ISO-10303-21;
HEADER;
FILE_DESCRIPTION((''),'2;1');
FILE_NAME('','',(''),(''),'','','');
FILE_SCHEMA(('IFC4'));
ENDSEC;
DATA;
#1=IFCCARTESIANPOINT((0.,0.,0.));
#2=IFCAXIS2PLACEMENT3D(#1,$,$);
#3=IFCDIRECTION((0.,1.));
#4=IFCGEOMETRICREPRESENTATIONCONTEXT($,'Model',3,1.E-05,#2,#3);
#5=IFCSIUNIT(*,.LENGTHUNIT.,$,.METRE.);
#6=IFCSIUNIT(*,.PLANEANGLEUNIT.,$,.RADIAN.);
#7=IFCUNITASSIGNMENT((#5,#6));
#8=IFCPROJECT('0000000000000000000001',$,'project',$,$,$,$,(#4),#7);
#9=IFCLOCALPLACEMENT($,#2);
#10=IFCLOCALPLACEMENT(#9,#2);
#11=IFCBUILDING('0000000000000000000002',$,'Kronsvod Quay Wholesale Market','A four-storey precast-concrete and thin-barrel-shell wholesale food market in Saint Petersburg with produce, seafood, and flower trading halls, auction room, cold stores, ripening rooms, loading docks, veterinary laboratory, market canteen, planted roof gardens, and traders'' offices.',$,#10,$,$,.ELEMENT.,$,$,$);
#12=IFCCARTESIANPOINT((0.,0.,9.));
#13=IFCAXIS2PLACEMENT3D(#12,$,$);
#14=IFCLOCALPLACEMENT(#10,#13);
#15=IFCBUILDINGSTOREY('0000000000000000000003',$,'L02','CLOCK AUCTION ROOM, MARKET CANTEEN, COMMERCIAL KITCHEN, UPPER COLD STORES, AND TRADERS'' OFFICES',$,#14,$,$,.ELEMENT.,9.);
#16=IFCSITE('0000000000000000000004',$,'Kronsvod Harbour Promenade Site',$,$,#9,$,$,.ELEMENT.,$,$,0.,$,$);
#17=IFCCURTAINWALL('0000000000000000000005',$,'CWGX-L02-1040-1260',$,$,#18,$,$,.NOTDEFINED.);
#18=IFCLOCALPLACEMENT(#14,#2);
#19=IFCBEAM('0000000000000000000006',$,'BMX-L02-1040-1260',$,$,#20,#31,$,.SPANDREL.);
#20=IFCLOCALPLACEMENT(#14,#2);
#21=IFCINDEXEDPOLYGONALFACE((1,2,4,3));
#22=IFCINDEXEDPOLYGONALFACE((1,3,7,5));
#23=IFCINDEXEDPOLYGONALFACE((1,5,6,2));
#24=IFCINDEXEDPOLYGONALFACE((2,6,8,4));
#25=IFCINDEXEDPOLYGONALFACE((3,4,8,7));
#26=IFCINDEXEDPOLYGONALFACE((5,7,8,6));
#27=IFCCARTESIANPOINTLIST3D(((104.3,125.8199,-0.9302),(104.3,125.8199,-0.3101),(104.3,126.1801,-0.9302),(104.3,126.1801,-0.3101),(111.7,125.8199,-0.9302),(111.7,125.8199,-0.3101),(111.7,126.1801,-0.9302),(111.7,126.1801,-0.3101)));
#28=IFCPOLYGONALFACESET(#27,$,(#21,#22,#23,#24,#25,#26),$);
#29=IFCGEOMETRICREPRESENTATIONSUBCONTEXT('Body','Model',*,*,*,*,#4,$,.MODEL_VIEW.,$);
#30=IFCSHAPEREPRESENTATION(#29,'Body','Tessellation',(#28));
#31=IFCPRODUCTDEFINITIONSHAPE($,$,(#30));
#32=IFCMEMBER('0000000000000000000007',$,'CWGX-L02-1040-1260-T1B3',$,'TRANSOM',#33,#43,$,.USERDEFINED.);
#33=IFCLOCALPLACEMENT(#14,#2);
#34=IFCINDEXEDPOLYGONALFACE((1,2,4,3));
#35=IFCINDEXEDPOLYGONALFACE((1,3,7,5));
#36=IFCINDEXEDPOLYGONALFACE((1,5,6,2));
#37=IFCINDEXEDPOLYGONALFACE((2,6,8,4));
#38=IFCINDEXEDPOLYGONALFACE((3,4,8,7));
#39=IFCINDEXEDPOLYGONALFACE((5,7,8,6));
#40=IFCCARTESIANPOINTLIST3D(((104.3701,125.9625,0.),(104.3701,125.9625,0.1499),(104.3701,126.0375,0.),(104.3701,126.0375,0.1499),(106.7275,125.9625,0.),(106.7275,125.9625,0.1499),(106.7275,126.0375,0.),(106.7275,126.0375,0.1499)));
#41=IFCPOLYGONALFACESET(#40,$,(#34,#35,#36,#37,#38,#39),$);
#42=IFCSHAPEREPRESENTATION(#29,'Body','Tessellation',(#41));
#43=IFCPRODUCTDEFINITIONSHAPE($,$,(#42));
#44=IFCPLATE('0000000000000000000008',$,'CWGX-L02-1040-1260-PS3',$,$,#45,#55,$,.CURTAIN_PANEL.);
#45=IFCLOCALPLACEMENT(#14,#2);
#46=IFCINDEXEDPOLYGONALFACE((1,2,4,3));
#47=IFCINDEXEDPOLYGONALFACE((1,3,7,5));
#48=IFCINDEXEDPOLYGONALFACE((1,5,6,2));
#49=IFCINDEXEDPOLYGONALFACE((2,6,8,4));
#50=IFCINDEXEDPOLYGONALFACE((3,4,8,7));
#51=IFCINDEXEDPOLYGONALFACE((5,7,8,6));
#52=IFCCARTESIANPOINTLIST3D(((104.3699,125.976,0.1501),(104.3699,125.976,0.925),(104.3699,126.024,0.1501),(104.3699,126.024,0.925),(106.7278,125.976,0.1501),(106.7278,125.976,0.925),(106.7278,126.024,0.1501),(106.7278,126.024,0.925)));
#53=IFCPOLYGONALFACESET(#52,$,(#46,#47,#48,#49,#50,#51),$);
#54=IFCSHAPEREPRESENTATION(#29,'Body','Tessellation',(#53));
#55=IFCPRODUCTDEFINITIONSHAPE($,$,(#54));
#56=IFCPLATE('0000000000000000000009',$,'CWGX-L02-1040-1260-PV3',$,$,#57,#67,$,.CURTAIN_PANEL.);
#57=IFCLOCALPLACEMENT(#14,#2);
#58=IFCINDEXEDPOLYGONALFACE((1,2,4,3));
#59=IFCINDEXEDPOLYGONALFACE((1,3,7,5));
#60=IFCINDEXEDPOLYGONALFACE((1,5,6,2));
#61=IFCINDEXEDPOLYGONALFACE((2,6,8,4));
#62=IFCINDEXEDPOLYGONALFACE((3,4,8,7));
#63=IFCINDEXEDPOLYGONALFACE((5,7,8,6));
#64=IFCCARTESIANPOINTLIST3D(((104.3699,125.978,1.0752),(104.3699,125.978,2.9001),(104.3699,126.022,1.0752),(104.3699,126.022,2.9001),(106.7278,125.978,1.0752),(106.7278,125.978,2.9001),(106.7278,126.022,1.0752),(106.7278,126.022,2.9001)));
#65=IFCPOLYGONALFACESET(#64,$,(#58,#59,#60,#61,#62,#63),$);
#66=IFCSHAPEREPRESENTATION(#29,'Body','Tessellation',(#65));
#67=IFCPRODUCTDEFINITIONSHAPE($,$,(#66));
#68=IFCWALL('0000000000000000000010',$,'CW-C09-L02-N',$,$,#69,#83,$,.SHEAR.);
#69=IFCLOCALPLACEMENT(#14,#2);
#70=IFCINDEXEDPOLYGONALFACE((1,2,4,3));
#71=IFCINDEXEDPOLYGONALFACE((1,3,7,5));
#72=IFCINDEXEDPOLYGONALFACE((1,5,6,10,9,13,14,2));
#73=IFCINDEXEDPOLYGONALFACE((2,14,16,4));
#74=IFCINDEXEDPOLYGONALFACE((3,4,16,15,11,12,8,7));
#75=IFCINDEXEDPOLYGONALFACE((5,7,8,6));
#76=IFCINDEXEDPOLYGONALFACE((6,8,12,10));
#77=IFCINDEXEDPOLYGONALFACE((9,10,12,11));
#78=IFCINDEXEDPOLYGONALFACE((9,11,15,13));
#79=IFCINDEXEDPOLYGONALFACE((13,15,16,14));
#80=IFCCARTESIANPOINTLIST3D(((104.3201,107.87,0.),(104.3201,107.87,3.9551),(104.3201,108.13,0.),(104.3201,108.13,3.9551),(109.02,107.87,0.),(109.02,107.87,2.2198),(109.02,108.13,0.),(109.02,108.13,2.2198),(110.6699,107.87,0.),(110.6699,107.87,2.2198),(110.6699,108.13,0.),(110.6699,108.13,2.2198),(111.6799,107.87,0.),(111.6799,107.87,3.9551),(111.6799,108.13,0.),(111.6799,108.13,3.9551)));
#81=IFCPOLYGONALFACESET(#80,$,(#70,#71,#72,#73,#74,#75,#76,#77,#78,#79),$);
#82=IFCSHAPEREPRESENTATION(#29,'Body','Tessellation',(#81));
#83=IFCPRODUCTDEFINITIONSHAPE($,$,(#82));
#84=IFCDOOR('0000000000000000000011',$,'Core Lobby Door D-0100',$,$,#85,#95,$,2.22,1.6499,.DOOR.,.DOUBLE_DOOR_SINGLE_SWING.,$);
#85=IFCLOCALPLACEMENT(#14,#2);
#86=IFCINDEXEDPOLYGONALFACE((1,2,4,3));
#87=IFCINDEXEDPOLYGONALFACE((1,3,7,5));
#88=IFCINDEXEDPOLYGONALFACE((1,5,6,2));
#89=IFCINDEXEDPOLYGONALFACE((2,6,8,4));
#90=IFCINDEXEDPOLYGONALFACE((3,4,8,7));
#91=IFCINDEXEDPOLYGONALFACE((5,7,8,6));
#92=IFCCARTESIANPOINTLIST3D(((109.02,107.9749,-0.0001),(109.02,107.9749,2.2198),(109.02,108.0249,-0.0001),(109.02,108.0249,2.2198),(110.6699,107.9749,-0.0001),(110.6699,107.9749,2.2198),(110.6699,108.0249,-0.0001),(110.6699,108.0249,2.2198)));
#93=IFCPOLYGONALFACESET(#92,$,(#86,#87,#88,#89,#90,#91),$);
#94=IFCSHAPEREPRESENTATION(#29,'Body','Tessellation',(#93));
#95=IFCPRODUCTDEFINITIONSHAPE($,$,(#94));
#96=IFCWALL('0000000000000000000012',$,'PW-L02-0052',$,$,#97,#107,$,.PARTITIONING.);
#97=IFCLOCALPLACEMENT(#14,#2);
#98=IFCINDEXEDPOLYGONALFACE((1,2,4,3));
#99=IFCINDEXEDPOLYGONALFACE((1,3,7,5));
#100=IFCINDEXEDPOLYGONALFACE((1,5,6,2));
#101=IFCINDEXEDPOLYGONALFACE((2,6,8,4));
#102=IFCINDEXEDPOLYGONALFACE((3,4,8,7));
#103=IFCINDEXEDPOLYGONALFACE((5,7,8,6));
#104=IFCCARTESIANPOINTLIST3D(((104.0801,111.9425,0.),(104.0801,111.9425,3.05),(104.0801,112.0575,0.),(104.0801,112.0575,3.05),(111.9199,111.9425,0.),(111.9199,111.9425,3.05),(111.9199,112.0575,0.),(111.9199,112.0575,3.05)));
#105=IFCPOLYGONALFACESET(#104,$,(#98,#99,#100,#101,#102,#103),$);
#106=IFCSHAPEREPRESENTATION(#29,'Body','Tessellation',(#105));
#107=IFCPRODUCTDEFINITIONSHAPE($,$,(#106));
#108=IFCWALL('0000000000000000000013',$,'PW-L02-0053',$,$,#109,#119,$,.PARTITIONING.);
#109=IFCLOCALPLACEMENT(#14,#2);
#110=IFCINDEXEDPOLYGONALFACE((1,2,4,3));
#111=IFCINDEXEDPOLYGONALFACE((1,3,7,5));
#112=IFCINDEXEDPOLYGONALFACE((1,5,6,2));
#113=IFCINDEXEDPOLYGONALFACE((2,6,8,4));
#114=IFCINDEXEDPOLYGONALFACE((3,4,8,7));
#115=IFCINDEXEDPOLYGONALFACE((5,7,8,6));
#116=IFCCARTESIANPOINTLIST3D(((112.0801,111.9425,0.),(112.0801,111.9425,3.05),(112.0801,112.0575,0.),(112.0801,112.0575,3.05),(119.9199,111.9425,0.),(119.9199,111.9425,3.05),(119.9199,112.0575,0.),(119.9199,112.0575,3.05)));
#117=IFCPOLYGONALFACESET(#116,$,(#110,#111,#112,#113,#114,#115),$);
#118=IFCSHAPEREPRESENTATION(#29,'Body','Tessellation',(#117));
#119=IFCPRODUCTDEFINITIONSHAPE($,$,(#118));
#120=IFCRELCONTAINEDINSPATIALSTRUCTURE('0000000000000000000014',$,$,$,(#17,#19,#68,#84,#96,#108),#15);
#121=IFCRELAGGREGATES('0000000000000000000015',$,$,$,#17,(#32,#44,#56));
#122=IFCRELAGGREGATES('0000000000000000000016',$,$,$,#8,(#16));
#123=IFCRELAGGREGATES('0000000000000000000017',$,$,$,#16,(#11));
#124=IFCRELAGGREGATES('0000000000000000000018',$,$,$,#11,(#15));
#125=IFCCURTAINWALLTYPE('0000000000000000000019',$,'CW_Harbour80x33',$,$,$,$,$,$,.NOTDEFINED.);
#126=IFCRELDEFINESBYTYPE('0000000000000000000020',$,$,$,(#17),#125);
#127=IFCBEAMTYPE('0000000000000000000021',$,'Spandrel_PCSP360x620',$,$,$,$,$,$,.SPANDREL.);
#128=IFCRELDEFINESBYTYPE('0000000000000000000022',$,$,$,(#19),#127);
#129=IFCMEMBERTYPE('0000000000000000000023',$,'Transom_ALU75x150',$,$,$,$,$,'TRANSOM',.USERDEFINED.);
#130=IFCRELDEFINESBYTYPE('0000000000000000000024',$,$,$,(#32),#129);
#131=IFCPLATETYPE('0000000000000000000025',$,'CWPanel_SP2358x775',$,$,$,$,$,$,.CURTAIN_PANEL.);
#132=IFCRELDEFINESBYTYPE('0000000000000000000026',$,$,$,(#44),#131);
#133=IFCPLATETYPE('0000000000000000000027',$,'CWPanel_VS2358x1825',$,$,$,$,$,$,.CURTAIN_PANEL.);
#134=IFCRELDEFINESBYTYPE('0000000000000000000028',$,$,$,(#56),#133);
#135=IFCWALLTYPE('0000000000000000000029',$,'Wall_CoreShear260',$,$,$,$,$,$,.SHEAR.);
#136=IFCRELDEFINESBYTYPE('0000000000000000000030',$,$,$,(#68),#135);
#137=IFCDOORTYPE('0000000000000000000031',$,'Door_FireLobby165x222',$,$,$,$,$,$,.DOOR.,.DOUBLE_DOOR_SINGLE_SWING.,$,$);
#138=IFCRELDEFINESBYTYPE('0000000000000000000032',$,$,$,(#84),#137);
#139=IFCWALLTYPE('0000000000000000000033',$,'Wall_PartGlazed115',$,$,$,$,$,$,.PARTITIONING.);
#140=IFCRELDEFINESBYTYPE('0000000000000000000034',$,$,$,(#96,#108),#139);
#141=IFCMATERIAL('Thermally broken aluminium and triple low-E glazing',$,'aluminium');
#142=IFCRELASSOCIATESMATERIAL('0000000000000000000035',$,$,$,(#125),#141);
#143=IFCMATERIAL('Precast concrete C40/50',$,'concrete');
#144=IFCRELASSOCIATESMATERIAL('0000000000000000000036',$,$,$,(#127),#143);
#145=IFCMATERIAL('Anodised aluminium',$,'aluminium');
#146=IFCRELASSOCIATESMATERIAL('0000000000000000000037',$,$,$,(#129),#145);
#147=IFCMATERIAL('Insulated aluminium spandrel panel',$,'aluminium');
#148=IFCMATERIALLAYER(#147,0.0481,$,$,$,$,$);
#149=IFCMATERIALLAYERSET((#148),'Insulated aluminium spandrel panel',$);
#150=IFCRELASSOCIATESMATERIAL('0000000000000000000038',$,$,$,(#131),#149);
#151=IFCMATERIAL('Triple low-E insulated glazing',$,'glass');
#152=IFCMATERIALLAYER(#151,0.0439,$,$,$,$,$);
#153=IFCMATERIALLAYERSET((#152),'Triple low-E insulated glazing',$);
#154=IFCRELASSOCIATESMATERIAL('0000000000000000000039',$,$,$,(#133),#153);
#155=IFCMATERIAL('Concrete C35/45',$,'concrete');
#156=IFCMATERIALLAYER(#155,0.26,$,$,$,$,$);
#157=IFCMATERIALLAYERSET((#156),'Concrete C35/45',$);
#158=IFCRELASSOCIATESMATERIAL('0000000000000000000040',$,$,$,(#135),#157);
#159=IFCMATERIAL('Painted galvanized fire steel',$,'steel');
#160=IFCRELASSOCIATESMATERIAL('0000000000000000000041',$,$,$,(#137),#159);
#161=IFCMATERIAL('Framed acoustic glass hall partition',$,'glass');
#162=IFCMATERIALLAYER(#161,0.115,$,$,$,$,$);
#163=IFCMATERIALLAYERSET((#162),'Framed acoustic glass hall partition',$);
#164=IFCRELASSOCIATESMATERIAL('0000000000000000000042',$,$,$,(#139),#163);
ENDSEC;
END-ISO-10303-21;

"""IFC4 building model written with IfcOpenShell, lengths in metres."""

from ifc_helpers import new_model, si_unit, direction, frame, frame_2d, origin, origin_2d, place, context, subcontext, project, spatial, rectangle, extrude, material, layer, layer_set, material_profile, profile_set, type_object, element, fill, aggregate, save


model = new_model("IFC4")

# Units and contexts
model_context = context("Model", 3, precision=1e-05, world=origin(), true_north=direction((0.0, 1.0)))
body_context = subcontext(model_context, "Body", "Model", "MODEL_VIEW")
ifc_project = project(units=[si_unit("LENGTHUNIT", "METRE"), si_unit("PLANEANGLEUNIT", "RADIAN")], contexts=[model_context])

# Site, building, storey
site_placement = place(None, origin())
site = spatial("IfcSite", under=ifc_project, at=site_placement, Name="Kronsvod Harbour Promenade Site", CompositionType="ELEMENT", RefElevation=0.0)
building_placement = place(site_placement, origin())
building = spatial("IfcBuilding", under=site, at=building_placement, Name="Kronsvod Quay Wholesale Market", Description="A four-storey precast-concrete and thin-barrel-shell wholesale food market in Saint Petersburg with produce, seafood, and flower trading halls, auction room, cold stores, ripening rooms, loading docks, veterinary laboratory, market canteen, planted roof gardens, and traders' offices.", CompositionType="ELEMENT")
storey_placement = place(building_placement, frame((0.0, 0.0, 9.0)))
storey = spatial("IfcBuildingStorey", under=building, at=storey_placement, Name="L02", Description="CLOCK AUCTION ROOM, MARKET CANTEEN, COMMERCIAL KITCHEN, UPPER COLD STORES, AND TRADERS' OFFICES", CompositionType="ELEMENT", Elevation=9.0)

# Curtain wall
ifc_material_1 = material(Name="Thermally broken aluminium and triple low-E glazing", Category="aluminium")
curtain_wall_type = type_object("IfcCurtainWallType", Name="CW_Harbour80x33", PredefinedType="NOTDEFINED", material=ifc_material_1)
curtain_wall_placement = place(storey_placement, origin())
curtain_wall = element("IfcCurtainWall", 1, at=curtain_wall_placement, inside=storey, type_object=curtain_wall_type, Name="CWGX-L02-1040-1260", PredefinedType="NOTDEFINED")

# Beam
ifc_material_2 = material(Name="Precast concrete C40/50", Category="concrete")
ifc_material_profile_1 = material_profile(ifc_material_2, rectangle(XDim=0.3601, YDim=0.6201, at=origin_2d()), Name="SPB-02")
ifc_profile_set_1 = profile_set([ifc_material_profile_1], Name="Precast concrete C40/50")
beam_type_1 = type_object("IfcBeamType", Name="Spandrel_PCSP360x620", PredefinedType="SPANDREL", material=ifc_profile_set_1)
beam_1_placement = place(storey_placement, frame((104.3, 126.0, -0.6201), z_axis=(1.0, 0.0, 0.0), x_axis=(0.0, 1.0, 0.0)))
element("IfcBeam", 2, at=beam_1_placement, inside=storey, type_object=beam_type_1, Name="BMX-L02-1040-1260", PredefinedType="SPANDREL", context=body_context, shape_type="SweptSolid", body=[
    extrude(rectangle(XDim=0.3601, YDim=0.6201, at=origin_2d()), origin(), (0.0, 0.0, 1.0), 7.3999),
])

# Member
ifc_material_3 = material(Name="Anodised aluminium", Category="aluminium")
ifc_material_profile_2 = material_profile(ifc_material_3, rectangle(XDim=0.075, YDim=0.1499, at=origin_2d()), Name="ALUT75x150")
ifc_profile_set_2 = profile_set([ifc_material_profile_2], Name="Anodised aluminium")
member_type_1 = type_object("IfcMemberType", Name="Transom_ALU75x150", ElementType="TRANSOM", PredefinedType="USERDEFINED", material=ifc_profile_set_2)
member_1_placement = place(storey_placement, frame((106.7275, 126.0, 0.075), z_axis=(-1.0, 0.0, 0.0), x_axis=(0.0, -1.0, 0.0)))
member_1 = element("IfcMember", 3, at=member_1_placement, type_object=member_type_1, Name="CWGX-L02-1040-1260-T1B3", ObjectType="TRANSOM", PredefinedType="USERDEFINED", context=body_context, shape_type="SweptSolid", body=[
    extrude(rectangle(XDim=0.075, YDim=0.1499, at=origin_2d()), origin(), (0.0, 0.0, 1.0), 2.3574),
])

# Plates
ifc_material_4 = material(Name="Insulated aluminium spandrel panel", Category="aluminium")
ifc_layer_1 = layer(ifc_material_4, 0.0481)
ifc_layer_set_1 = layer_set([ifc_layer_1], Name="Insulated aluminium spandrel panel")
plate_type_1 = type_object("IfcPlateType", Name="CWPanel_SP2358x775", PredefinedType="CURTAIN_PANEL", material=ifc_layer_set_1)
plate_1_placement = place(storey_placement, frame((105.5488, 126.0, 0.1501), z_axis=(0.0, 0.0, 1.0), x_axis=(-1.0, 0.0, 0.0)))
plate_1 = element("IfcPlate", 4, at=plate_1_placement, type_object=plate_type_1, Name="CWGX-L02-1040-1260-PS3", PredefinedType="CURTAIN_PANEL", context=body_context, shape_type="SweptSolid", body=[
    extrude(rectangle(XDim=2.3579, YDim=0.0481, at=origin_2d()), origin(), (0.0, 0.0, 1.0), 0.7749),
])
ifc_material_5 = material(Name="Triple low-E insulated glazing", Category="glass")
ifc_layer_2 = layer(ifc_material_5, 0.0439)
ifc_layer_set_2 = layer_set([ifc_layer_2], Name="Triple low-E insulated glazing")
plate_type_2 = type_object("IfcPlateType", Name="CWPanel_VS2358x1825", PredefinedType="CURTAIN_PANEL", material=ifc_layer_set_2)
plate_2_placement = place(storey_placement, frame((105.5488, 126.0, 1.0752), z_axis=(0.0, 0.0, 1.0), x_axis=(-1.0, 0.0, 0.0)))
plate_2 = element("IfcPlate", 5, at=plate_2_placement, type_object=plate_type_2, Name="CWGX-L02-1040-1260-PV3", PredefinedType="CURTAIN_PANEL", context=body_context, shape_type="SweptSolid", body=[
    extrude(rectangle(XDim=2.3579, YDim=0.0439, at=origin_2d()), origin(), (0.0, 0.0, 1.0), 1.825),
])
aggregate(curtain_wall, [member_1, plate_1, plate_2])

# Wall, opening, door
ifc_material_6 = material(Name="Concrete C35/45", Category="concrete")
ifc_layer_3 = layer(ifc_material_6, 0.26)
ifc_layer_set_3 = layer_set([ifc_layer_3], Name="Concrete C35/45")
wall_type_1 = type_object("IfcWallType", Name="Wall_CoreShear260", PredefinedType="SHEAR", material=ifc_layer_set_3)
wall_placement = place(storey_placement, frame((104.3201, 108.0, 0.0), z_axis=(0.0, 0.0, 1.0), x_axis=(1.0, 0.0, 0.0)))
wall = element("IfcWall", 6, at=wall_placement, inside=storey, type_object=wall_type_1, Name="CW-C09-L02-N", PredefinedType="SHEAR", context=body_context, shape_type="SweptSolid", body=[
    extrude(rectangle(XDim=7.3599, YDim=0.26, at=frame_2d((3.6799, 0.0))), origin(), (0.0, 0.0, 1.0), 3.9551),
])
opening_placement = place(wall_placement, frame((4.7, 0.0, 0.0)))
opening = element("IfcOpeningElement", 7, at=opening_placement, cuts=wall, PredefinedType="OPENING", context=body_context, shape_type="SweptSolid", body=[
    extrude(rectangle(XDim=1.6499, YDim=2.22, at=frame_2d((0.825, 1.1099))), frame((0.0, 0.1401, 0.0), z_axis=(0.0, -1.0, 0.0), x_axis=(1.0, 0.0, 0.0)), (0.0, 0.0, 1.0), 0.28),
])
ifc_material_7 = material(Name="Painted galvanized fire steel", Category="steel")
door_type = type_object("IfcDoorType", Name="Door_FireLobby165x222", OperationType="DOUBLE_DOOR_SINGLE_SWING", PredefinedType="DOOR", material=ifc_material_7)
door_placement = place(opening_placement, origin())
door = element("IfcDoor", 8, at=door_placement, inside=storey, type_object=door_type, Name="Core Lobby Door D-0100", OperationType="DOUBLE_DOOR_SINGLE_SWING", OverallHeight=2.22, OverallWidth=1.6499, PredefinedType="DOOR", context=body_context, shape_type="SweptSolid", body=[
    extrude(rectangle(XDim=1.6499, YDim=2.22, at=frame_2d((0.825, 1.1099))), frame((0.0, 0.0249, 0.0), z_axis=(0.0, -1.0, 0.0), x_axis=(1.0, 0.0, 0.0)), (0.0, 0.0, 1.0), 0.05),
])
fill(opening, door)

# Walls
ifc_material_8 = material(Name="Framed acoustic glass hall partition", Category="glass")
ifc_layer_4 = layer(ifc_material_8, 0.115)
ifc_layer_set_4 = layer_set([ifc_layer_4], Name="Framed acoustic glass hall partition")
wall_type_2 = type_object("IfcWallType", Name="Wall_PartGlazed115", PredefinedType="PARTITIONING", material=ifc_layer_set_4)
for number, where, z_axis, x_axis, name in (
    (9, (104.0801, 112.0, 0.0), (0.0, 0.0, 1.0), (1.0, 0.0, 0.0), "PW-L02-0052"),
    (10, (112.0801, 112.0, 0.0), (0.0, 0.0, 1.0), (1.0, 0.0, 0.0), "PW-L02-0053"),
):
    element("IfcWall", number, at=place(storey_placement, frame(where, z_axis=z_axis, x_axis=x_axis)), inside=storey, type_object=wall_type_2, Name=name, PredefinedType="PARTITIONING", context=body_context, shape_type="SweptSolid", body=[
        extrude(rectangle(XDim=7.8398, YDim=0.115, at=frame_2d((3.9199, 0.0))), origin(), (0.0, 0.0, 1.0), 3.05),
    ])

save(model, "model.ifc")
